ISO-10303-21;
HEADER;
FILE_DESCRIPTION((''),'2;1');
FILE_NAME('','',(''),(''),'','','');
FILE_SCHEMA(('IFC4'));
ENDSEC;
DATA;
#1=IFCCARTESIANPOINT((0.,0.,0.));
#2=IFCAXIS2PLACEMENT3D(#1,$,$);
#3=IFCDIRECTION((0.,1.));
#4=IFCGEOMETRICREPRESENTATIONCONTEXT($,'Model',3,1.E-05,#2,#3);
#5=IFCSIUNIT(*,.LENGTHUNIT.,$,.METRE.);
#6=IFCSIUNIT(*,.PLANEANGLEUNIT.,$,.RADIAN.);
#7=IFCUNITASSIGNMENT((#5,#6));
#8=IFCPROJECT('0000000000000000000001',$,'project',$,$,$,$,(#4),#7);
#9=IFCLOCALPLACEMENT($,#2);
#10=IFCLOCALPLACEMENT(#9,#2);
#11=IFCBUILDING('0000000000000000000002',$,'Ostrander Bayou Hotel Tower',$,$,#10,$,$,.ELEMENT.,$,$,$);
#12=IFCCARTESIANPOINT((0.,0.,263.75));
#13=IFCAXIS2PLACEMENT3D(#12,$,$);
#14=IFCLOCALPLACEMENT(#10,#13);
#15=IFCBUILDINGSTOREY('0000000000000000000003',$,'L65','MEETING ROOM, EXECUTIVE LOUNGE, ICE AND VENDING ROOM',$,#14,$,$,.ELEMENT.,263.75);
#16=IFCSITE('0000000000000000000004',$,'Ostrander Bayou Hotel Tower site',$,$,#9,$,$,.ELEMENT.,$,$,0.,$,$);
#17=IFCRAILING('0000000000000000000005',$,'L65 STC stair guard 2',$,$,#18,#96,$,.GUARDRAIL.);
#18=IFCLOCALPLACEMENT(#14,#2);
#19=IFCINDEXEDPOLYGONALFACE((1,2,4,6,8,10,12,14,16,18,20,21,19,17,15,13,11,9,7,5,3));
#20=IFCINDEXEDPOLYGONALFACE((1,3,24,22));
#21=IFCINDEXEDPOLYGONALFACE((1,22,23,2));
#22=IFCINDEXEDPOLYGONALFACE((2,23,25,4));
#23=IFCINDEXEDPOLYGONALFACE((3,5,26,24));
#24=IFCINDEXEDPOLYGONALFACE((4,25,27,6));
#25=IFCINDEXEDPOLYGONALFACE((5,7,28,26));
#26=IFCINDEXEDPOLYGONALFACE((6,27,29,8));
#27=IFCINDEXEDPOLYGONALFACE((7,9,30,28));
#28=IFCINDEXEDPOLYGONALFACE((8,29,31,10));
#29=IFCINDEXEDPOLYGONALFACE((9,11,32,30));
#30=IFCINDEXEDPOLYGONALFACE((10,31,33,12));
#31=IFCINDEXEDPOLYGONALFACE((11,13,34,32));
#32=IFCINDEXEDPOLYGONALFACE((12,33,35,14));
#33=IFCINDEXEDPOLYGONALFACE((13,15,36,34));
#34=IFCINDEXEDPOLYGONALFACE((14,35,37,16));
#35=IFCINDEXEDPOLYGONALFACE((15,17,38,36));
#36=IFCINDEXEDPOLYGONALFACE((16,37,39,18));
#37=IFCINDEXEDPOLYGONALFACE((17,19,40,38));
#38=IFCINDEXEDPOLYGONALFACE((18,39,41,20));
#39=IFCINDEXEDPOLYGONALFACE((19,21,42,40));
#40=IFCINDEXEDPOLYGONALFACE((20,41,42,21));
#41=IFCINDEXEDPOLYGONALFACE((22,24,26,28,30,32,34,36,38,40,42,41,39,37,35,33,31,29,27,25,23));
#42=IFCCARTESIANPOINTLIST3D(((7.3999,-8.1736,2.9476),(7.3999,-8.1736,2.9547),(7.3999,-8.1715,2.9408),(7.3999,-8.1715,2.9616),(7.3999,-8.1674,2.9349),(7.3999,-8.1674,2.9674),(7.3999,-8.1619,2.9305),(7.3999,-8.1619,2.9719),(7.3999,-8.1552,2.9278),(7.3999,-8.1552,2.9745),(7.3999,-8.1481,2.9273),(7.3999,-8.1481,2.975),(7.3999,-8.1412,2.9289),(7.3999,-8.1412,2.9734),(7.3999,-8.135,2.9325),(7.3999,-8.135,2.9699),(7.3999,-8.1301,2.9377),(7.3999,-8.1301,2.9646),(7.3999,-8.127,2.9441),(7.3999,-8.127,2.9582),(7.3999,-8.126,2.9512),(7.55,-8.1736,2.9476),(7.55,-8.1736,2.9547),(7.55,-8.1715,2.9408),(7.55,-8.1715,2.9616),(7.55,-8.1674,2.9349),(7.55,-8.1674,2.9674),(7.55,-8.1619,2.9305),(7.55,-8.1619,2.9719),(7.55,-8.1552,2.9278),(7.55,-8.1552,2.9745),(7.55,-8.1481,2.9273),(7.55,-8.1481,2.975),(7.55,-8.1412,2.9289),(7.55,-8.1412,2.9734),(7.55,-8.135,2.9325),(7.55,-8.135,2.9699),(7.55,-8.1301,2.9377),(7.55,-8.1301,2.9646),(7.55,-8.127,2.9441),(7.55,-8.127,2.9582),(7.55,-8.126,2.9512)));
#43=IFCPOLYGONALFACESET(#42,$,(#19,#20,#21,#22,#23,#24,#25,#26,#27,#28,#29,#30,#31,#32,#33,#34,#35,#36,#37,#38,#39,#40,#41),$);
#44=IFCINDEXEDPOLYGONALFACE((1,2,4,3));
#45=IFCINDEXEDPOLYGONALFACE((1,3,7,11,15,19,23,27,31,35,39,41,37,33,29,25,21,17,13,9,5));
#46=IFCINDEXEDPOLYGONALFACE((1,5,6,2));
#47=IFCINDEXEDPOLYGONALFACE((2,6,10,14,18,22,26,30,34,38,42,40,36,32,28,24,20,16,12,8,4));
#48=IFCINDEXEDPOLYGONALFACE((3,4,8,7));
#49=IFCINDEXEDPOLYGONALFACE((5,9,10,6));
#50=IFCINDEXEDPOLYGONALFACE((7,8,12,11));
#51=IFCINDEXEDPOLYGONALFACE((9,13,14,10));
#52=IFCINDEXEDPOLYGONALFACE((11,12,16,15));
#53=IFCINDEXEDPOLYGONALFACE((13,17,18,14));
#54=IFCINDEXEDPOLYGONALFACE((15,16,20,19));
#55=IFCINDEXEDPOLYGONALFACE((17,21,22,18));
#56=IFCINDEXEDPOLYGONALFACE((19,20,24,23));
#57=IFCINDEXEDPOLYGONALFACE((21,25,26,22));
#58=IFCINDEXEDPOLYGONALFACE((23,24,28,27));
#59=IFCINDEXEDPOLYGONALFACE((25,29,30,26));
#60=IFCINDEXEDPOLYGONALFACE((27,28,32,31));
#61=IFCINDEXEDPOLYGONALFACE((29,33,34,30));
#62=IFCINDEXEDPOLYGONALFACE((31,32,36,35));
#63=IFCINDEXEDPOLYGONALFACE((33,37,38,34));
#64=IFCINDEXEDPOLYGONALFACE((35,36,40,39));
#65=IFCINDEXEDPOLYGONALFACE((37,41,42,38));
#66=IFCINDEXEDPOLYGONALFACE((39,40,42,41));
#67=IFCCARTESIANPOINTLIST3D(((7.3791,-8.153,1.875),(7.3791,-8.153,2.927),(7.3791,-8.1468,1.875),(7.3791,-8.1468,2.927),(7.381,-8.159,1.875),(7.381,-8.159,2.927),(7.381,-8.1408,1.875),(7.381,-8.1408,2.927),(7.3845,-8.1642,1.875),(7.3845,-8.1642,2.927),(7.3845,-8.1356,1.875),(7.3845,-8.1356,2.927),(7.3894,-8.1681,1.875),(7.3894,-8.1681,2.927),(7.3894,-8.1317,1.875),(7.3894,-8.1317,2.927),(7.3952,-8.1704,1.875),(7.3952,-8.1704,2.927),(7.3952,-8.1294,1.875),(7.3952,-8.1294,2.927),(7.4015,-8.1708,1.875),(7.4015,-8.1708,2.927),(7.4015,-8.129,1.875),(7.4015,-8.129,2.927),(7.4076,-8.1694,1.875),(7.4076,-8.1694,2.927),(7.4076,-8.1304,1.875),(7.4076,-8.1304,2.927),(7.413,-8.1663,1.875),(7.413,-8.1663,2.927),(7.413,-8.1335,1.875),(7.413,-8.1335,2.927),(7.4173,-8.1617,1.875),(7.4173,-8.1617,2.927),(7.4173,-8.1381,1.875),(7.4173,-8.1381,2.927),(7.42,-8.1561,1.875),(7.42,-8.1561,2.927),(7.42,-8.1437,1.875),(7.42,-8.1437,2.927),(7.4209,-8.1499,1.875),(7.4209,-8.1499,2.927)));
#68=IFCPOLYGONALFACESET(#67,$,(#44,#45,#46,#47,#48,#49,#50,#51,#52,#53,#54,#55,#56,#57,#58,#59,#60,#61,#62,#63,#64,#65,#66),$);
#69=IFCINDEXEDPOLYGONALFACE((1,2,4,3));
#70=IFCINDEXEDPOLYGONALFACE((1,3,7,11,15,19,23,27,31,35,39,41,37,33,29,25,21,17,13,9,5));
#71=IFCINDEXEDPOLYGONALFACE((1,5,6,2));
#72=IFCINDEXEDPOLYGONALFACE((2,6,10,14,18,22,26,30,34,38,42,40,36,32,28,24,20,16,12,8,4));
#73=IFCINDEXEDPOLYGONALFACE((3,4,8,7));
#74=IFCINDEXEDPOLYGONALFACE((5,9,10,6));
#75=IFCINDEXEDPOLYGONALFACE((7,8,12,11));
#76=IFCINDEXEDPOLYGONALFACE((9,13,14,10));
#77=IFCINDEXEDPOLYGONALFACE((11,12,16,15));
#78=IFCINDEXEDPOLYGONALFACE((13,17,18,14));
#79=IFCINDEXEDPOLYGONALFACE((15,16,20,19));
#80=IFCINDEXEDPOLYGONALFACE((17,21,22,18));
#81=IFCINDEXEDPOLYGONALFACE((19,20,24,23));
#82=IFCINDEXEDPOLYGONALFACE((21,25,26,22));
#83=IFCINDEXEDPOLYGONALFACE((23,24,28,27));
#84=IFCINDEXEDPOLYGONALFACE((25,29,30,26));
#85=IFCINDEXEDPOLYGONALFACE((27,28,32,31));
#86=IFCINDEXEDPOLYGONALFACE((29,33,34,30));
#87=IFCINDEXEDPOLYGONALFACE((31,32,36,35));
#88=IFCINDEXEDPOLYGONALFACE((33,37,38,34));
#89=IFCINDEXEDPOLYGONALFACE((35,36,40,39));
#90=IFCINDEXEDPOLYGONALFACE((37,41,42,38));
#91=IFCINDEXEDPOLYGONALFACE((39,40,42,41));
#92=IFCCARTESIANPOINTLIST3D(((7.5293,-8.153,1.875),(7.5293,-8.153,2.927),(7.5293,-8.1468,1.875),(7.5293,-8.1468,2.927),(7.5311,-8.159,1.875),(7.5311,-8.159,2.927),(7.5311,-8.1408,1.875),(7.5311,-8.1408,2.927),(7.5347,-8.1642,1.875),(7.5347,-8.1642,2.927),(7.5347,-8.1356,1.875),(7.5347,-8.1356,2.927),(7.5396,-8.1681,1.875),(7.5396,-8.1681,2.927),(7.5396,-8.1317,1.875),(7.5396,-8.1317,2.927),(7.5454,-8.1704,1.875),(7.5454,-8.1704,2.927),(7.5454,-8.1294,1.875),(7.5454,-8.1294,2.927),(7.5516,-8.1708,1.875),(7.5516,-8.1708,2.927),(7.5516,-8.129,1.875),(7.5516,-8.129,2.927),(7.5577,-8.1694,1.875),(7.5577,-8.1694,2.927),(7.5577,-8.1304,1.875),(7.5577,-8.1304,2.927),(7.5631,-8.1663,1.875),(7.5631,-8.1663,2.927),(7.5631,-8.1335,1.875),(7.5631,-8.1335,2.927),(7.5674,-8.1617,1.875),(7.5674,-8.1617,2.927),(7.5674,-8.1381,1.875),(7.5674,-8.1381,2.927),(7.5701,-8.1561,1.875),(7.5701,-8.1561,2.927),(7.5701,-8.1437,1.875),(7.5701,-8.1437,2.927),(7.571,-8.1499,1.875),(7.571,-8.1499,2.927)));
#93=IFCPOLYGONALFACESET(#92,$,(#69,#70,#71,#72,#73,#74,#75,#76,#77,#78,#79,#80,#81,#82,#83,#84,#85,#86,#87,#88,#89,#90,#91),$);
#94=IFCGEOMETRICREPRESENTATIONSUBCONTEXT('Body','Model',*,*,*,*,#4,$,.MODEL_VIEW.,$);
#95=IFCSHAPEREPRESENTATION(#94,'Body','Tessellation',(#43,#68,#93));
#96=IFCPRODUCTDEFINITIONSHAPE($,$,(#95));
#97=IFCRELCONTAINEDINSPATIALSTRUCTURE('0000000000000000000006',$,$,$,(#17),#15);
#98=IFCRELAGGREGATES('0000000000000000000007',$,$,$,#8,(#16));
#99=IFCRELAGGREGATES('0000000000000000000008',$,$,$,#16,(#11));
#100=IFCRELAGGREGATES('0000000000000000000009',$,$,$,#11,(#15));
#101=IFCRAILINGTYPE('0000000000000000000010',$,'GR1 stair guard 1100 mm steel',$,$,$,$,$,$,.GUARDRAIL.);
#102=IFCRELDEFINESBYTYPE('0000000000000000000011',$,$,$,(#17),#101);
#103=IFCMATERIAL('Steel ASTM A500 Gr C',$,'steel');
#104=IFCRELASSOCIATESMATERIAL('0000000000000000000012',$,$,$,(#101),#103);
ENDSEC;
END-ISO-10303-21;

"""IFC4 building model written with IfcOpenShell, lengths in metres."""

from ifc_helpers import new_model, si_unit, direction, frame, origin, origin_2d, place, context, subcontext, project, spatial, circle, extrude, material, type_object, element, save


model = new_model("IFC4")

# Units and contexts
model_context = context("Model", 3, precision=1e-05, world=origin(), true_north=direction((0.0, 1.0)))
body_context = subcontext(model_context, "Body", "Model", "MODEL_VIEW")
ifc_project = project(units=[si_unit("LENGTHUNIT", "METRE"), si_unit("PLANEANGLEUNIT", "RADIAN")], contexts=[model_context])

# Site, building, storey
site_placement = place(None, origin())
site = spatial("IfcSite", under=ifc_project, at=site_placement, Name="Ostrander Bayou Hotel Tower site", CompositionType="ELEMENT", RefElevation=0.0)
building_placement = place(site_placement, origin())
building = spatial("IfcBuilding", under=site, at=building_placement, Name="Ostrander Bayou Hotel Tower", CompositionType="ELEMENT")
storey_placement = place(building_placement, frame((0.0, 0.0, 263.75)))
storey = spatial("IfcBuildingStorey", under=building, at=storey_placement, Name="L65", Description="MEETING ROOM, EXECUTIVE LOUNGE, ICE AND VENDING ROOM", CompositionType="ELEMENT", Elevation=263.75)

# Railing
ifc_material_1 = material(Name="Steel ASTM A500 Gr C", Category="steel")
railing_type_1 = type_object("IfcRailingType", Name="GR1 stair guard 1100 mm steel", PredefinedType="GUARDRAIL", material=ifc_material_1)
railing_1_placement = place(storey_placement, frame((7.3999, -8.1499, 1.875)))
element("IfcRailing", 1, at=railing_1_placement, inside=storey, type_object=railing_type_1, Name="L65 STC stair guard 2", PredefinedType="GUARDRAIL", context=body_context, shape_type="SweptSolid", body=[
    extrude(circle(Radius=0.0239, at=origin_2d()), frame((0.0, 0.0, 1.0762), z_axis=(1.0, 0.0, 0.0), x_axis=(0.0, 1.0, 0.0)), (0.0, 0.0, 1.0), 0.1501),
    extrude(circle(Radius=0.021, at=origin_2d()), origin(), (0.0, 0.0, 1.0), 1.052),
    extrude(circle(Radius=0.021, at=origin_2d()), frame((0.1501, 0.0, 0.0)), (0.0, 0.0, 1.0), 1.052),
])

save(model, "model.ifc")
